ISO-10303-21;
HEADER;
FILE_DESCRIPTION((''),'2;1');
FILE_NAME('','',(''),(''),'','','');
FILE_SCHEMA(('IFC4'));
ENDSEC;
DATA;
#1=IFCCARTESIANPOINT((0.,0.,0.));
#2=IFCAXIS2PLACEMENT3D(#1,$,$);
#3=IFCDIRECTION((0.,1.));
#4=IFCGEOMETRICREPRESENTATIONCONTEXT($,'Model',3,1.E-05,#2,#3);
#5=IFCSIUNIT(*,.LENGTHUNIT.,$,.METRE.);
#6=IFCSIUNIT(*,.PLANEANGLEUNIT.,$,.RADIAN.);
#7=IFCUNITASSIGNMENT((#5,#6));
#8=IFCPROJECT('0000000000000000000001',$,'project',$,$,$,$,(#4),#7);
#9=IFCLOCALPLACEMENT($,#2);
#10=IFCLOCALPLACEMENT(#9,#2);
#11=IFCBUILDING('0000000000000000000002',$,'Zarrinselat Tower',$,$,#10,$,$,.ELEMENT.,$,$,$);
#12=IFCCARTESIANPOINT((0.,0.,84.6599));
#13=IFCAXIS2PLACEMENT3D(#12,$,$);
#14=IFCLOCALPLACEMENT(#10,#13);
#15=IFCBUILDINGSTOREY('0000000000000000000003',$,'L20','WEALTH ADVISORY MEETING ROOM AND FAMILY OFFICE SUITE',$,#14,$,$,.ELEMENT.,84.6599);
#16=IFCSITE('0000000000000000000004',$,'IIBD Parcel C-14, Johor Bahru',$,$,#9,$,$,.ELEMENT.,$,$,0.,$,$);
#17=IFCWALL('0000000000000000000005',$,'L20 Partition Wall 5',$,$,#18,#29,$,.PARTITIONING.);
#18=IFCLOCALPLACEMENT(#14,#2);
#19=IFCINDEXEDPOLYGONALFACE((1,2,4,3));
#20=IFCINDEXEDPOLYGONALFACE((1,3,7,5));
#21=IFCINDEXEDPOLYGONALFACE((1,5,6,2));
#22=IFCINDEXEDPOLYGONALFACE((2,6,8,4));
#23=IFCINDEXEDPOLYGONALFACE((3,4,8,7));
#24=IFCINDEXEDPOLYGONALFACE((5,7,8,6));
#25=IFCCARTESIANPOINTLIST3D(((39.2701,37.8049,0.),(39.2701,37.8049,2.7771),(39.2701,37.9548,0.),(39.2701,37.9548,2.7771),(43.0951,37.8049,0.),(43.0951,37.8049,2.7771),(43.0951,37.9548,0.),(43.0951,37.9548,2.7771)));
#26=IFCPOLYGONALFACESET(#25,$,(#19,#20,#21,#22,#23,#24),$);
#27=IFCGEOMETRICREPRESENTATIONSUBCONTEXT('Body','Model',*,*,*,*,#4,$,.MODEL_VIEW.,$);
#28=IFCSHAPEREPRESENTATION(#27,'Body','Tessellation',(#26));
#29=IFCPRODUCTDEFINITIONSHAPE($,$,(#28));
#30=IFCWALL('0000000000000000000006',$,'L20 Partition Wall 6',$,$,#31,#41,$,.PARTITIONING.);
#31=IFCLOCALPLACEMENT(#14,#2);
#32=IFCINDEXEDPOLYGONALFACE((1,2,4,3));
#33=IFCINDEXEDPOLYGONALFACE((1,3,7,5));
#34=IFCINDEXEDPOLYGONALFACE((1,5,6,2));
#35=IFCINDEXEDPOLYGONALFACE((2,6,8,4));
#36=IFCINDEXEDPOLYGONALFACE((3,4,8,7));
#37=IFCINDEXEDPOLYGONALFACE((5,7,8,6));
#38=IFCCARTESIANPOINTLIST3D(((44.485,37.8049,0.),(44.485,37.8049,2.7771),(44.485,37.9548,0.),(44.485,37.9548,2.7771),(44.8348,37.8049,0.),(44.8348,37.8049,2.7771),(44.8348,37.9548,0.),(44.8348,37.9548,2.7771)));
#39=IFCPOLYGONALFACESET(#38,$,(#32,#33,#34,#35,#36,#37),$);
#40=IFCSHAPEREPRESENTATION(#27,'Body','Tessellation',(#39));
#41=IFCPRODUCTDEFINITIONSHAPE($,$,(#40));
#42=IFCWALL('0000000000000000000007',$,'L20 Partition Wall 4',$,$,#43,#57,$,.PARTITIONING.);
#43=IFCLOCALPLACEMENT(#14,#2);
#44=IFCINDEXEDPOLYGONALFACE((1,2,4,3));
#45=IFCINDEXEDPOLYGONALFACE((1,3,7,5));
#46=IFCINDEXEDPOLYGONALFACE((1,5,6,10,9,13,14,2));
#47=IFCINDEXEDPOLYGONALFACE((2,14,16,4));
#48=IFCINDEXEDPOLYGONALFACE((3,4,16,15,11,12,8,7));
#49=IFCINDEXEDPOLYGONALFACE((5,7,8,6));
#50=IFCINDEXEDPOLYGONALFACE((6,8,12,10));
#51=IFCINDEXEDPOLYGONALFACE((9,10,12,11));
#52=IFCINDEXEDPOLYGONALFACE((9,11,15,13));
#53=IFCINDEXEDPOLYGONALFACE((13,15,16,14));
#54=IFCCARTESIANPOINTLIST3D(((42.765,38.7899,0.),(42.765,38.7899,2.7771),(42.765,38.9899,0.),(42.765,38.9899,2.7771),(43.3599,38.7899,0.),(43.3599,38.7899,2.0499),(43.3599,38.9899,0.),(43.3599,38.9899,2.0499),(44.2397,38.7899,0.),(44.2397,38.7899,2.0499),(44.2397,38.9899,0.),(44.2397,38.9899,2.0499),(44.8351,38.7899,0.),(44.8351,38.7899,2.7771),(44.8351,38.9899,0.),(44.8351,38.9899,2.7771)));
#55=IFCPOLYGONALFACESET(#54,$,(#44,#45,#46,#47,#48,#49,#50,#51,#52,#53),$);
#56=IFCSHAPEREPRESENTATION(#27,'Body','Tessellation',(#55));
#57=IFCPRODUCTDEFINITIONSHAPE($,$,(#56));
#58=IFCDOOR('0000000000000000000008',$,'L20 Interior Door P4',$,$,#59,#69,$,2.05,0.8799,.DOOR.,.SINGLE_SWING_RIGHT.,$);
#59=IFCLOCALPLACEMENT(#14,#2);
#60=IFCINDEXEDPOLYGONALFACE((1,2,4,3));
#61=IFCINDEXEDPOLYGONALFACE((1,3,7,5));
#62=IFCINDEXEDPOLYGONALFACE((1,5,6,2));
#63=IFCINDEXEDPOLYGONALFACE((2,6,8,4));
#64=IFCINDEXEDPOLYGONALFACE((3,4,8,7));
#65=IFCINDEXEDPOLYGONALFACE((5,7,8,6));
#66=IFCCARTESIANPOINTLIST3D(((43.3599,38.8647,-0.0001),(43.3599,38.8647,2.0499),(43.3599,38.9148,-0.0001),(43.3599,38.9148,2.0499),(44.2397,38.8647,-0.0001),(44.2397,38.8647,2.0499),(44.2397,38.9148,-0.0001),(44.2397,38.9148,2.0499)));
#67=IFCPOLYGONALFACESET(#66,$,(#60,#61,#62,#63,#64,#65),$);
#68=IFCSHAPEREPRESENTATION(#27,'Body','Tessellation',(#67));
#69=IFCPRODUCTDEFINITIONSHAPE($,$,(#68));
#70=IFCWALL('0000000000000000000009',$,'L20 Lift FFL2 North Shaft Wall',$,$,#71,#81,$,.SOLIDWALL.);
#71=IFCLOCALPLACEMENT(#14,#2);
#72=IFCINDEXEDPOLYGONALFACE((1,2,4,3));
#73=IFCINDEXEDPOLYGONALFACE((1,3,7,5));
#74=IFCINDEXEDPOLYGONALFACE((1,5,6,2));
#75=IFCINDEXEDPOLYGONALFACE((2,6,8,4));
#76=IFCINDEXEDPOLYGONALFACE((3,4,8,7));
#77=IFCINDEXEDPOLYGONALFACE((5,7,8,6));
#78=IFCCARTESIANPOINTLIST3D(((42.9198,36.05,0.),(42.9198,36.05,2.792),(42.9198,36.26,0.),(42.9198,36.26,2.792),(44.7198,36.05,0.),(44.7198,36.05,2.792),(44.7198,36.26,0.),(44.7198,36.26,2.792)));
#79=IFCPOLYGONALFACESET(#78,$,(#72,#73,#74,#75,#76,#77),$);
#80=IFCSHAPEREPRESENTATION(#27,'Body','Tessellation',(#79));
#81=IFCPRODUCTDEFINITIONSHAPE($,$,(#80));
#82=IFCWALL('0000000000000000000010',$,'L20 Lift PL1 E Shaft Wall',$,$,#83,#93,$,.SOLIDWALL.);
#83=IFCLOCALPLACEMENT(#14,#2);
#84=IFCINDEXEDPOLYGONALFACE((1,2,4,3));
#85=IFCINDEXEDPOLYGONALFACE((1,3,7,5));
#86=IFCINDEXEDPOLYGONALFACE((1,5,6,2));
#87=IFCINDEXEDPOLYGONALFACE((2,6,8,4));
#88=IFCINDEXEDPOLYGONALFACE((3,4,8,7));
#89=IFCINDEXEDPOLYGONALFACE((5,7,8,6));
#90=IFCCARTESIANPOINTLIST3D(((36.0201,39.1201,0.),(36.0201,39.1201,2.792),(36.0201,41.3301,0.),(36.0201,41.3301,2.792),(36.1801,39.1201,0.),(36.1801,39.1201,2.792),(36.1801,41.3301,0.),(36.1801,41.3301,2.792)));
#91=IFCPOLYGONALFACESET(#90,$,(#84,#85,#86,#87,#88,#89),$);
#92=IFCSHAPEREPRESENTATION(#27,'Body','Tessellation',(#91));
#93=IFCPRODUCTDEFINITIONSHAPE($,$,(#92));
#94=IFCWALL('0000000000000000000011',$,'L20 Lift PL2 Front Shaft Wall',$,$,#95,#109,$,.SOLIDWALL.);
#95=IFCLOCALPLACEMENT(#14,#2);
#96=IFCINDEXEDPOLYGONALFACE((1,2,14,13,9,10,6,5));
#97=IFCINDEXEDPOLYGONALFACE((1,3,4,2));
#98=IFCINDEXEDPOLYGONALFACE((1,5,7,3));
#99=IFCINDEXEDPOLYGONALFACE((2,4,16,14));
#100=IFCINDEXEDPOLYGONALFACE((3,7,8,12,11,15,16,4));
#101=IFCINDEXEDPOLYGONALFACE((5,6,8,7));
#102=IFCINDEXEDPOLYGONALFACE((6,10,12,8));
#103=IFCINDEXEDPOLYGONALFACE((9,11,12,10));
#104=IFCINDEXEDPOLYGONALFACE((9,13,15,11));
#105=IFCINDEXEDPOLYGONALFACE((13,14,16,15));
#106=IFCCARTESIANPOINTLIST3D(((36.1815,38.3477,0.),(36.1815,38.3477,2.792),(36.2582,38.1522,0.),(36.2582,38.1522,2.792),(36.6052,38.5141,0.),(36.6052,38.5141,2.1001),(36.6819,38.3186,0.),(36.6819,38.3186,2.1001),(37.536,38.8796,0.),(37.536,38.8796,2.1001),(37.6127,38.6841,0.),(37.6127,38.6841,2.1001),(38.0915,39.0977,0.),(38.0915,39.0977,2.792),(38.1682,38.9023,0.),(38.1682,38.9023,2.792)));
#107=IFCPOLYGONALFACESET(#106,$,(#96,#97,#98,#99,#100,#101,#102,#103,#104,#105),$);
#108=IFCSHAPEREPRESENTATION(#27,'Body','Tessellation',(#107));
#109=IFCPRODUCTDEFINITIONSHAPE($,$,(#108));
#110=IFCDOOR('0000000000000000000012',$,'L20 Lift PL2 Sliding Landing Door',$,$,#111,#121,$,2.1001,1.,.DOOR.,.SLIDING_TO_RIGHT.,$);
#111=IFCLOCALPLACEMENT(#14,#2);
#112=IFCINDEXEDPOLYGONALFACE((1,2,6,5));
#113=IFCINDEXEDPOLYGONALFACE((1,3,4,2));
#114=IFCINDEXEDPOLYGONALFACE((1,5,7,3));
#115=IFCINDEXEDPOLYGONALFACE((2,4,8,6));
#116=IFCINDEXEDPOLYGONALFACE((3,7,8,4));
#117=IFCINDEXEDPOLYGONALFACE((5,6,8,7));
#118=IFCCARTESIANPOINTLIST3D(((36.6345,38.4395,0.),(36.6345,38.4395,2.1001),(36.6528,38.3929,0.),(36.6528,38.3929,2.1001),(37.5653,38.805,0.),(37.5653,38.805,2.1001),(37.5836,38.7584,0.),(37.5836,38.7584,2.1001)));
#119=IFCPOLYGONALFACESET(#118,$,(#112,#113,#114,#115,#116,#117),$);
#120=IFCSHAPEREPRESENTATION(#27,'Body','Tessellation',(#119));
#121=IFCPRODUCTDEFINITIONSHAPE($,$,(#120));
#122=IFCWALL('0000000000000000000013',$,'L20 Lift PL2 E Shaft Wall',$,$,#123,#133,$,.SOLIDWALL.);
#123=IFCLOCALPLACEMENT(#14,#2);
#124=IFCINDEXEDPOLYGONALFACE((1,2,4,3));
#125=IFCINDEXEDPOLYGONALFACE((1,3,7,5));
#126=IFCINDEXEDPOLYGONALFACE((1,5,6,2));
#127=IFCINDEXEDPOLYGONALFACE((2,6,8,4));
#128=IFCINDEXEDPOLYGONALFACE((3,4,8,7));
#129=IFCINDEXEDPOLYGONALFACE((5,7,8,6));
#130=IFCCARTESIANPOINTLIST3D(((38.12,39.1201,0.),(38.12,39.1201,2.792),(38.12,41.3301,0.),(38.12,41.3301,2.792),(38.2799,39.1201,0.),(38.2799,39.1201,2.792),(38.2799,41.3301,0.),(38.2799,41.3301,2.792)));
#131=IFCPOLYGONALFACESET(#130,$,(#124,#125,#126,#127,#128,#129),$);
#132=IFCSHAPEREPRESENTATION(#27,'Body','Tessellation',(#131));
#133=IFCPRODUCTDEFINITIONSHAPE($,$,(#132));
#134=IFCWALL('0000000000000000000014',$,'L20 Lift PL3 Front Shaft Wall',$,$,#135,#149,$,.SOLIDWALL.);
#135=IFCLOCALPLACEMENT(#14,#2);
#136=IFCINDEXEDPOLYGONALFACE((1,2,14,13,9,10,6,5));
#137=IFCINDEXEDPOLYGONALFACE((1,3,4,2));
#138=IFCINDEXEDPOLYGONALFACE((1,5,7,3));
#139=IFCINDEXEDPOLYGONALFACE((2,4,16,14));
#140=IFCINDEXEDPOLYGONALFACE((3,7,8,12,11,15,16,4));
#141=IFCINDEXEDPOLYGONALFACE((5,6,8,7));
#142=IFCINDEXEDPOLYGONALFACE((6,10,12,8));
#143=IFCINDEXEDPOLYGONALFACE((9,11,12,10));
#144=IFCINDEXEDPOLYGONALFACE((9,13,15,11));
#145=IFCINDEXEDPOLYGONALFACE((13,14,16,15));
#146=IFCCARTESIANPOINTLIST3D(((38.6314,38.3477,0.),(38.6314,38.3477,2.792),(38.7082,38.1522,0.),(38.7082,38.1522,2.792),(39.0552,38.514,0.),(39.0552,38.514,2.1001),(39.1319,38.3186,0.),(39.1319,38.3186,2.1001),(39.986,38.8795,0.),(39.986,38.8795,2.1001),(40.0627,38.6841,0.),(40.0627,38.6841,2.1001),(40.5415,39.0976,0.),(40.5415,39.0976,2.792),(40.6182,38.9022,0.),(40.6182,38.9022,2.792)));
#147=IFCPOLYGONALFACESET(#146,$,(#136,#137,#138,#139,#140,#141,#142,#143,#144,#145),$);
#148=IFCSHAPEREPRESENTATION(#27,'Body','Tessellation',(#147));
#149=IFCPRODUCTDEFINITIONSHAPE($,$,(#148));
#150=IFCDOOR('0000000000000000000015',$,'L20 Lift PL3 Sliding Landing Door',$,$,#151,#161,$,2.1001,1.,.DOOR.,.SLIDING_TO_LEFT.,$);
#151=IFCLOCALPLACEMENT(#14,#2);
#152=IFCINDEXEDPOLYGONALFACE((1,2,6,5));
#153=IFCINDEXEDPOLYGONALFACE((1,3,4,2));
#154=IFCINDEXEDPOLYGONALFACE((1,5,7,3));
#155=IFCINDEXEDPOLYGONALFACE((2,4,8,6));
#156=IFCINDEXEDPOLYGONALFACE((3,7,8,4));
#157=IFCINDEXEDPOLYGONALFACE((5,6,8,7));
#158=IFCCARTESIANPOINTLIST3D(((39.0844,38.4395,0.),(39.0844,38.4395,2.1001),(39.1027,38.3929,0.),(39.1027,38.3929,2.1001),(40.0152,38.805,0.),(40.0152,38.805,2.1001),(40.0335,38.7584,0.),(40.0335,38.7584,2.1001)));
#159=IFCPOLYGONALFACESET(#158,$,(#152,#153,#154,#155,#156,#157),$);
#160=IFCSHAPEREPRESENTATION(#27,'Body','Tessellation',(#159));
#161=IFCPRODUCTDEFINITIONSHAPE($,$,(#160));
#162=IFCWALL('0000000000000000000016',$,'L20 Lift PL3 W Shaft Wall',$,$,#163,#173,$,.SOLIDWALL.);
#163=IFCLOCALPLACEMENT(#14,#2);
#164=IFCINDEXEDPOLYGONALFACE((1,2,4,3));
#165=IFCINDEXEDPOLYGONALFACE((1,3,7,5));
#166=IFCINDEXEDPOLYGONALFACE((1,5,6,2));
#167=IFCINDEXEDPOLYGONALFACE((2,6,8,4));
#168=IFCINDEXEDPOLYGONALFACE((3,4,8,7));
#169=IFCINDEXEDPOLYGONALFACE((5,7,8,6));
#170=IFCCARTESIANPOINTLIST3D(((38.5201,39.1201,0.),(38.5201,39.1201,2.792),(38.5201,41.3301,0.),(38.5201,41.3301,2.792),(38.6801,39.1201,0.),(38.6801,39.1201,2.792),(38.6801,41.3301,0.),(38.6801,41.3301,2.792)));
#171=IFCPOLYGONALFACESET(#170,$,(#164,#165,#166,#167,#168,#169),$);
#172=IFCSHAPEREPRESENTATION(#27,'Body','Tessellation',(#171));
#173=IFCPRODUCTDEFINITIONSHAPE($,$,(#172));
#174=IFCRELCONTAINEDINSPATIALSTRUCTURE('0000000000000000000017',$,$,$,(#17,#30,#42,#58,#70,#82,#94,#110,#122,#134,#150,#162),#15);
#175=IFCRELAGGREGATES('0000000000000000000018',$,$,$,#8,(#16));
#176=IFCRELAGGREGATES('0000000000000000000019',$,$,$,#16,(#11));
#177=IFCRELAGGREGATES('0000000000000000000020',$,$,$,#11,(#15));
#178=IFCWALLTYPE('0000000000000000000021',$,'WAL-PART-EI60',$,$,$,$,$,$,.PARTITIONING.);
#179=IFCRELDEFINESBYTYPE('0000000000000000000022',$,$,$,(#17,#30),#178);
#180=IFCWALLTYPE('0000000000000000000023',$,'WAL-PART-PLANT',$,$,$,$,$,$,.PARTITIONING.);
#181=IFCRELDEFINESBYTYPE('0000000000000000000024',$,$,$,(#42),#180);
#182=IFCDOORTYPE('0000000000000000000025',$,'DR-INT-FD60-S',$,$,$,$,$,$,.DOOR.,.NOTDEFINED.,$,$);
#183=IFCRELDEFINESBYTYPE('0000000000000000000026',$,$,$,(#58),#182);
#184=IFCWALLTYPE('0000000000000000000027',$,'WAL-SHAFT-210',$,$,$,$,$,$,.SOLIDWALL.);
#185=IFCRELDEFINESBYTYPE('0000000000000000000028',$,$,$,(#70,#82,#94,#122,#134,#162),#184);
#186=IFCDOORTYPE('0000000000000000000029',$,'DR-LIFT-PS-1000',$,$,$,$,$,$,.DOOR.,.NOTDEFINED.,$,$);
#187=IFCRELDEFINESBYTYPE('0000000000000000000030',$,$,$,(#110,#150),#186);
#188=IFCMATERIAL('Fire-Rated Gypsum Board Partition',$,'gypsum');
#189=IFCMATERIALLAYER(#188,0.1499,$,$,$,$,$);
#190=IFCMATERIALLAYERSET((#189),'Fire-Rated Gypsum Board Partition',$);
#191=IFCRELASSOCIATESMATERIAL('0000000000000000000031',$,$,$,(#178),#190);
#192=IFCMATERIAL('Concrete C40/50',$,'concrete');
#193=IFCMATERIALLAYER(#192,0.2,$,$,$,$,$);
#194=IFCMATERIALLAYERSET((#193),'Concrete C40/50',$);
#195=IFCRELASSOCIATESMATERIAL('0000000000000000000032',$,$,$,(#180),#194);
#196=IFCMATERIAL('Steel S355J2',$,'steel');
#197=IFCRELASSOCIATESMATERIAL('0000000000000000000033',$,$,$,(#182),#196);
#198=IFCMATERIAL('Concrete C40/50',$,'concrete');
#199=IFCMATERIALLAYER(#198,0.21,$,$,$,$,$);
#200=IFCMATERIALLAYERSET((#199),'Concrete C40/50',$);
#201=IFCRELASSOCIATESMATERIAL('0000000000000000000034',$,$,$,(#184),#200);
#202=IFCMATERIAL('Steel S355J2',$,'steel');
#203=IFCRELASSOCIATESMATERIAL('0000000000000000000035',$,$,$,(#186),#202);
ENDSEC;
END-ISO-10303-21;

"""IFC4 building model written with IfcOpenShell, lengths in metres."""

from ifc_helpers import new_model, si_unit, direction, frame, frame_2d, origin, place, context, subcontext, project, spatial, rectangle, extrude, material, layer, layer_set, type_object, element, fill, save


model = new_model("IFC4")

# Units and contexts
model_context = context("Model", 3, precision=1e-05, world=origin(), true_north=direction((0.0, 1.0)))
body_context = subcontext(model_context, "Body", "Model", "MODEL_VIEW")
ifc_project = project(units=[si_unit("LENGTHUNIT", "METRE"), si_unit("PLANEANGLEUNIT", "RADIAN")], contexts=[model_context])

# Site, building, storey
site_placement = place(None, origin())
site = spatial("IfcSite", under=ifc_project, at=site_placement, Name="IIBD Parcel C-14, Johor Bahru", CompositionType="ELEMENT", RefElevation=0.0)
building_placement = place(site_placement, origin())
building = spatial("IfcBuilding", under=site, at=building_placement, Name="Zarrinselat Tower", CompositionType="ELEMENT")
storey_placement = place(building_placement, frame((0.0, 0.0, 84.6599)))
storey = spatial("IfcBuildingStorey", under=building, at=storey_placement, Name="L20", Description="WEALTH ADVISORY MEETING ROOM AND FAMILY OFFICE SUITE", CompositionType="ELEMENT", Elevation=84.6599)

# Walls
ifc_material_1 = material(Name="Fire-Rated Gypsum Board Partition", Category="gypsum")
ifc_layer_1 = layer(ifc_material_1, 0.1499)
ifc_layer_set_1 = layer_set([ifc_layer_1], Name="Fire-Rated Gypsum Board Partition")
wall_type_1 = type_object("IfcWallType", Name="WAL-PART-EI60", PredefinedType="PARTITIONING", material=ifc_layer_set_1)
wall_1_placement = place(storey_placement, frame((39.27, 37.8799, 0.0), z_axis=(0.0, 0.0, 1.0), x_axis=(1.0, 0.0, 0.0)))
element("IfcWall", 1, at=wall_1_placement, inside=storey, type_object=wall_type_1, Name="L20 Partition Wall 5", PredefinedType="PARTITIONING", context=body_context, shape_type="SweptSolid", body=[
    extrude(rectangle(XDim=3.825, YDim=0.1499, at=frame_2d((1.9126, 0.0))), origin(), (0.0, 0.0, 1.0), 2.7771),
])
wall_2_placement = place(storey_placement, frame((44.4851, 37.8799, 0.0), z_axis=(0.0, 0.0, 1.0), x_axis=(1.0, 0.0, 0.0)))
element("IfcWall", 2, at=wall_2_placement, inside=storey, type_object=wall_type_1, Name="L20 Partition Wall 6", PredefinedType="PARTITIONING", context=body_context, shape_type="SweptSolid", body=[
    extrude(rectangle(XDim=0.3499, YDim=0.1499, at=frame_2d((0.1748, 0.0))), origin(), (0.0, 0.0, 1.0), 2.7771),
])

# Wall, opening, door
ifc_material_2 = material(Name="Concrete C40/50", Category="concrete")
ifc_layer_2 = layer(ifc_material_2, 0.2)
ifc_layer_set_2 = layer_set([ifc_layer_2], Name="Concrete C40/50")
wall_type_2 = type_object("IfcWallType", Name="WAL-PART-PLANT", PredefinedType="PARTITIONING", material=ifc_layer_set_2)
wall_3_placement = place(storey_placement, frame((42.7649, 38.8899, 0.0), z_axis=(0.0, 0.0, 1.0), x_axis=(1.0, 0.0, 0.0)))
wall_3 = element("IfcWall", 3, at=wall_3_placement, inside=storey, type_object=wall_type_2, Name="L20 Partition Wall 4", PredefinedType="PARTITIONING", context=body_context, shape_type="SweptSolid", body=[
    extrude(rectangle(XDim=2.0701, YDim=0.2, at=frame_2d((1.0352, 0.0))), origin(), (0.0, 0.0, 1.0), 2.7771),
])
opening_1_placement = place(wall_3_placement, frame((0.595, 0.0, 0.0)))
opening_1 = element("IfcOpeningElement", 4, at=opening_1_placement, cuts=wall_3, PredefinedType="OPENING", context=body_context, shape_type="SweptSolid", body=[
    extrude(rectangle(XDim=0.8799, YDim=2.05, at=frame_2d((0.4399, 1.0249))), frame((0.0, 0.1099, 0.0), z_axis=(0.0, -1.0, 0.0), x_axis=(1.0, 0.0, 0.0)), (0.0, 0.0, 1.0), 0.22),
])
ifc_material_3 = material(Name="Steel S355J2", Category="steel")
door_type_1 = type_object("IfcDoorType", Name="DR-INT-FD60-S", OperationType="NOTDEFINED", PredefinedType="DOOR", material=ifc_material_3)
door_1_placement = place(opening_1_placement, origin())
door_1 = element("IfcDoor", 5, at=door_1_placement, inside=storey, type_object=door_type_1, Name="L20 Interior Door P4", OperationType="SINGLE_SWING_RIGHT", OverallHeight=2.05, OverallWidth=0.8799, PredefinedType="DOOR", context=body_context, shape_type="SweptSolid", body=[
    extrude(rectangle(XDim=0.8799, YDim=2.05, at=frame_2d((0.4399, 1.0249))), frame((0.0, 0.0249, 0.0), z_axis=(0.0, -1.0, 0.0), x_axis=(1.0, 0.0, 0.0)), (0.0, 0.0, 1.0), 0.05),
])
fill(opening_1, door_1)

# Walls
ifc_material_4 = material(Name="Concrete C40/50", Category="concrete")
ifc_layer_3 = layer(ifc_material_4, 0.21)
ifc_layer_set_3 = layer_set([ifc_layer_3], Name="Concrete C40/50")
wall_type_3 = type_object("IfcWallType", Name="WAL-SHAFT-210", PredefinedType="SOLIDWALL", material=ifc_layer_set_3)
wall_4_placement = place(storey_placement, frame((42.9199, 36.155, 0.0), z_axis=(0.0, 0.0, 1.0), x_axis=(1.0, 0.0, 0.0)))
element("IfcWall", 6, at=wall_4_placement, inside=storey, type_object=wall_type_3, Name="L20 Lift FFL2 North Shaft Wall", PredefinedType="SOLIDWALL", context=body_context, shape_type="SweptSolid", body=[
    extrude(rectangle(XDim=1.8, YDim=0.21, at=frame_2d((0.8999, 0.0))), origin(), (0.0, 0.0, 1.0), 2.792),
])
wall_5_placement = place(storey_placement, frame((36.1001, 39.1201, 0.0), z_axis=(0.0, 0.0, 1.0), x_axis=(0.0, 1.0, 0.0)))
element("IfcWall", 7, at=wall_5_placement, inside=storey, type_object=wall_type_3, Name="L20 Lift PL1 E Shaft Wall", PredefinedType="SOLIDWALL", context=body_context, shape_type="SweptSolid", body=[
    extrude(rectangle(XDim=2.21, YDim=0.1599, at=frame_2d((1.105, 0.0))), origin(), (0.0, 0.0, 1.0), 2.792),
])

# Wall, opening, door
wall_6_placement = place(storey_placement, frame((36.22, 38.25, 0.0), z_axis=(0.0, 0.0, 1.0), x_axis=(0.930805, 0.365516, 0.0)))
wall_6 = element("IfcWall", 8, at=wall_6_placement, inside=storey, type_object=wall_type_3, Name="L20 Lift PL2 Front Shaft Wall", PredefinedType="SOLIDWALL", context=body_context, shape_type="SweptSolid", body=[
    extrude(rectangle(XDim=2.052, YDim=0.21, at=frame_2d((1.0259, 0.0))), origin(), (0.0, 0.0, 1.0), 2.792),
])
opening_2_placement = place(wall_6_placement, frame((0.4551, 0.0, 0.0)))
opening_2 = element("IfcOpeningElement", 9, at=opening_2_placement, cuts=wall_6, PredefinedType="OPENING", context=body_context, shape_type="SweptSolid", body=[
    extrude(rectangle(XDim=1.0, YDim=2.1001, at=frame_2d((0.5, 1.05))), frame((0.0, 0.115, 0.0), z_axis=(0.0, -1.0, 0.0), x_axis=(1.0, 0.0, 0.0)), (0.0, 0.0, 1.0), 0.23),
])
ifc_material_5 = material(Name="Steel S355J2", Category="steel")
door_type_2 = type_object("IfcDoorType", Name="DR-LIFT-PS-1000", OperationType="NOTDEFINED", PredefinedType="DOOR", material=ifc_material_5)
door_2_placement = place(opening_2_placement, origin())
door_2 = element("IfcDoor", 10, at=door_2_placement, inside=storey, type_object=door_type_2, Name="L20 Lift PL2 Sliding Landing Door", OperationType="SLIDING_TO_RIGHT", OverallHeight=2.1001, OverallWidth=1.0, PredefinedType="DOOR", context=body_context, shape_type="SweptSolid", body=[
    extrude(rectangle(XDim=1.0, YDim=2.1001, at=frame_2d((0.5, 1.05))), frame((0.0, 0.0249, 0.0), z_axis=(0.0, -1.0, 0.0), x_axis=(1.0, 0.0, 0.0)), (0.0, 0.0, 1.0), 0.05),
])
fill(opening_2, door_2)

# Wall
wall_7_placement = place(storey_placement, frame((38.2, 39.1201, 0.0), z_axis=(0.0, 0.0, 1.0), x_axis=(0.0, 1.0, 0.0)))
element("IfcWall", 11, at=wall_7_placement, inside=storey, type_object=wall_type_3, Name="L20 Lift PL2 E Shaft Wall", PredefinedType="SOLIDWALL", context=body_context, shape_type="SweptSolid", body=[
    extrude(rectangle(XDim=2.21, YDim=0.1599, at=frame_2d((1.105, 0.0))), origin(), (0.0, 0.0, 1.0), 2.792),
])

# Wall, opening, door
wall_8_placement = place(storey_placement, frame((38.6699, 38.25, 0.0), z_axis=(0.0, 0.0, 1.0), x_axis=(0.930821, 0.365476, 0.0)))
wall_8 = element("IfcWall", 12, at=wall_8_placement, inside=storey, type_object=wall_type_3, Name="L20 Lift PL3 Front Shaft Wall", PredefinedType="SOLIDWALL", context=body_context, shape_type="SweptSolid", body=[
    extrude(rectangle(XDim=2.052, YDim=0.21, at=frame_2d((1.0259, 0.0))), origin(), (0.0, 0.0, 1.0), 2.792),
])
opening_3_placement = place(wall_8_placement, frame((0.4551, 0.0, 0.0)))
opening_3 = element("IfcOpeningElement", 13, at=opening_3_placement, cuts=wall_8, PredefinedType="OPENING", context=body_context, shape_type="SweptSolid", body=[
    extrude(rectangle(XDim=1.0, YDim=2.1001, at=frame_2d((0.5, 1.05))), frame((0.0, 0.115, 0.0), z_axis=(0.0, -1.0, 0.0), x_axis=(1.0, 0.0, 0.0)), (0.0, 0.0, 1.0), 0.23),
])
door_3_placement = place(opening_3_placement, origin())
door_3 = element("IfcDoor", 14, at=door_3_placement, inside=storey, type_object=door_type_2, Name="L20 Lift PL3 Sliding Landing Door", OperationType="SLIDING_TO_LEFT", OverallHeight=2.1001, OverallWidth=1.0, PredefinedType="DOOR", context=body_context, shape_type="SweptSolid", body=[
    extrude(rectangle(XDim=1.0, YDim=2.1001, at=frame_2d((0.5, 1.05))), frame((0.0, 0.0249, 0.0), z_axis=(0.0, -1.0, 0.0), x_axis=(1.0, 0.0, 0.0)), (0.0, 0.0, 1.0), 0.05),
])
fill(opening_3, door_3)

# Wall
for number, where, z_axis, x_axis, name in (
    (15, (38.6001, 39.1201, 0.0), (0.0, 0.0, 1.0), (0.0, 1.0, 0.0), "L20 Lift PL3 W Shaft Wall"),
):
    element("IfcWall", number, at=place(storey_placement, frame(where, z_axis=z_axis, x_axis=x_axis)), inside=storey, type_object=wall_type_3, Name=name, PredefinedType="SOLIDWALL", context=body_context, shape_type="SweptSolid", body=[
        extrude(rectangle(XDim=2.21, YDim=0.1599, at=frame_2d((1.105, 0.0))), origin(), (0.0, 0.0, 1.0), 2.792),
    ])

save(model, "model.ifc")
